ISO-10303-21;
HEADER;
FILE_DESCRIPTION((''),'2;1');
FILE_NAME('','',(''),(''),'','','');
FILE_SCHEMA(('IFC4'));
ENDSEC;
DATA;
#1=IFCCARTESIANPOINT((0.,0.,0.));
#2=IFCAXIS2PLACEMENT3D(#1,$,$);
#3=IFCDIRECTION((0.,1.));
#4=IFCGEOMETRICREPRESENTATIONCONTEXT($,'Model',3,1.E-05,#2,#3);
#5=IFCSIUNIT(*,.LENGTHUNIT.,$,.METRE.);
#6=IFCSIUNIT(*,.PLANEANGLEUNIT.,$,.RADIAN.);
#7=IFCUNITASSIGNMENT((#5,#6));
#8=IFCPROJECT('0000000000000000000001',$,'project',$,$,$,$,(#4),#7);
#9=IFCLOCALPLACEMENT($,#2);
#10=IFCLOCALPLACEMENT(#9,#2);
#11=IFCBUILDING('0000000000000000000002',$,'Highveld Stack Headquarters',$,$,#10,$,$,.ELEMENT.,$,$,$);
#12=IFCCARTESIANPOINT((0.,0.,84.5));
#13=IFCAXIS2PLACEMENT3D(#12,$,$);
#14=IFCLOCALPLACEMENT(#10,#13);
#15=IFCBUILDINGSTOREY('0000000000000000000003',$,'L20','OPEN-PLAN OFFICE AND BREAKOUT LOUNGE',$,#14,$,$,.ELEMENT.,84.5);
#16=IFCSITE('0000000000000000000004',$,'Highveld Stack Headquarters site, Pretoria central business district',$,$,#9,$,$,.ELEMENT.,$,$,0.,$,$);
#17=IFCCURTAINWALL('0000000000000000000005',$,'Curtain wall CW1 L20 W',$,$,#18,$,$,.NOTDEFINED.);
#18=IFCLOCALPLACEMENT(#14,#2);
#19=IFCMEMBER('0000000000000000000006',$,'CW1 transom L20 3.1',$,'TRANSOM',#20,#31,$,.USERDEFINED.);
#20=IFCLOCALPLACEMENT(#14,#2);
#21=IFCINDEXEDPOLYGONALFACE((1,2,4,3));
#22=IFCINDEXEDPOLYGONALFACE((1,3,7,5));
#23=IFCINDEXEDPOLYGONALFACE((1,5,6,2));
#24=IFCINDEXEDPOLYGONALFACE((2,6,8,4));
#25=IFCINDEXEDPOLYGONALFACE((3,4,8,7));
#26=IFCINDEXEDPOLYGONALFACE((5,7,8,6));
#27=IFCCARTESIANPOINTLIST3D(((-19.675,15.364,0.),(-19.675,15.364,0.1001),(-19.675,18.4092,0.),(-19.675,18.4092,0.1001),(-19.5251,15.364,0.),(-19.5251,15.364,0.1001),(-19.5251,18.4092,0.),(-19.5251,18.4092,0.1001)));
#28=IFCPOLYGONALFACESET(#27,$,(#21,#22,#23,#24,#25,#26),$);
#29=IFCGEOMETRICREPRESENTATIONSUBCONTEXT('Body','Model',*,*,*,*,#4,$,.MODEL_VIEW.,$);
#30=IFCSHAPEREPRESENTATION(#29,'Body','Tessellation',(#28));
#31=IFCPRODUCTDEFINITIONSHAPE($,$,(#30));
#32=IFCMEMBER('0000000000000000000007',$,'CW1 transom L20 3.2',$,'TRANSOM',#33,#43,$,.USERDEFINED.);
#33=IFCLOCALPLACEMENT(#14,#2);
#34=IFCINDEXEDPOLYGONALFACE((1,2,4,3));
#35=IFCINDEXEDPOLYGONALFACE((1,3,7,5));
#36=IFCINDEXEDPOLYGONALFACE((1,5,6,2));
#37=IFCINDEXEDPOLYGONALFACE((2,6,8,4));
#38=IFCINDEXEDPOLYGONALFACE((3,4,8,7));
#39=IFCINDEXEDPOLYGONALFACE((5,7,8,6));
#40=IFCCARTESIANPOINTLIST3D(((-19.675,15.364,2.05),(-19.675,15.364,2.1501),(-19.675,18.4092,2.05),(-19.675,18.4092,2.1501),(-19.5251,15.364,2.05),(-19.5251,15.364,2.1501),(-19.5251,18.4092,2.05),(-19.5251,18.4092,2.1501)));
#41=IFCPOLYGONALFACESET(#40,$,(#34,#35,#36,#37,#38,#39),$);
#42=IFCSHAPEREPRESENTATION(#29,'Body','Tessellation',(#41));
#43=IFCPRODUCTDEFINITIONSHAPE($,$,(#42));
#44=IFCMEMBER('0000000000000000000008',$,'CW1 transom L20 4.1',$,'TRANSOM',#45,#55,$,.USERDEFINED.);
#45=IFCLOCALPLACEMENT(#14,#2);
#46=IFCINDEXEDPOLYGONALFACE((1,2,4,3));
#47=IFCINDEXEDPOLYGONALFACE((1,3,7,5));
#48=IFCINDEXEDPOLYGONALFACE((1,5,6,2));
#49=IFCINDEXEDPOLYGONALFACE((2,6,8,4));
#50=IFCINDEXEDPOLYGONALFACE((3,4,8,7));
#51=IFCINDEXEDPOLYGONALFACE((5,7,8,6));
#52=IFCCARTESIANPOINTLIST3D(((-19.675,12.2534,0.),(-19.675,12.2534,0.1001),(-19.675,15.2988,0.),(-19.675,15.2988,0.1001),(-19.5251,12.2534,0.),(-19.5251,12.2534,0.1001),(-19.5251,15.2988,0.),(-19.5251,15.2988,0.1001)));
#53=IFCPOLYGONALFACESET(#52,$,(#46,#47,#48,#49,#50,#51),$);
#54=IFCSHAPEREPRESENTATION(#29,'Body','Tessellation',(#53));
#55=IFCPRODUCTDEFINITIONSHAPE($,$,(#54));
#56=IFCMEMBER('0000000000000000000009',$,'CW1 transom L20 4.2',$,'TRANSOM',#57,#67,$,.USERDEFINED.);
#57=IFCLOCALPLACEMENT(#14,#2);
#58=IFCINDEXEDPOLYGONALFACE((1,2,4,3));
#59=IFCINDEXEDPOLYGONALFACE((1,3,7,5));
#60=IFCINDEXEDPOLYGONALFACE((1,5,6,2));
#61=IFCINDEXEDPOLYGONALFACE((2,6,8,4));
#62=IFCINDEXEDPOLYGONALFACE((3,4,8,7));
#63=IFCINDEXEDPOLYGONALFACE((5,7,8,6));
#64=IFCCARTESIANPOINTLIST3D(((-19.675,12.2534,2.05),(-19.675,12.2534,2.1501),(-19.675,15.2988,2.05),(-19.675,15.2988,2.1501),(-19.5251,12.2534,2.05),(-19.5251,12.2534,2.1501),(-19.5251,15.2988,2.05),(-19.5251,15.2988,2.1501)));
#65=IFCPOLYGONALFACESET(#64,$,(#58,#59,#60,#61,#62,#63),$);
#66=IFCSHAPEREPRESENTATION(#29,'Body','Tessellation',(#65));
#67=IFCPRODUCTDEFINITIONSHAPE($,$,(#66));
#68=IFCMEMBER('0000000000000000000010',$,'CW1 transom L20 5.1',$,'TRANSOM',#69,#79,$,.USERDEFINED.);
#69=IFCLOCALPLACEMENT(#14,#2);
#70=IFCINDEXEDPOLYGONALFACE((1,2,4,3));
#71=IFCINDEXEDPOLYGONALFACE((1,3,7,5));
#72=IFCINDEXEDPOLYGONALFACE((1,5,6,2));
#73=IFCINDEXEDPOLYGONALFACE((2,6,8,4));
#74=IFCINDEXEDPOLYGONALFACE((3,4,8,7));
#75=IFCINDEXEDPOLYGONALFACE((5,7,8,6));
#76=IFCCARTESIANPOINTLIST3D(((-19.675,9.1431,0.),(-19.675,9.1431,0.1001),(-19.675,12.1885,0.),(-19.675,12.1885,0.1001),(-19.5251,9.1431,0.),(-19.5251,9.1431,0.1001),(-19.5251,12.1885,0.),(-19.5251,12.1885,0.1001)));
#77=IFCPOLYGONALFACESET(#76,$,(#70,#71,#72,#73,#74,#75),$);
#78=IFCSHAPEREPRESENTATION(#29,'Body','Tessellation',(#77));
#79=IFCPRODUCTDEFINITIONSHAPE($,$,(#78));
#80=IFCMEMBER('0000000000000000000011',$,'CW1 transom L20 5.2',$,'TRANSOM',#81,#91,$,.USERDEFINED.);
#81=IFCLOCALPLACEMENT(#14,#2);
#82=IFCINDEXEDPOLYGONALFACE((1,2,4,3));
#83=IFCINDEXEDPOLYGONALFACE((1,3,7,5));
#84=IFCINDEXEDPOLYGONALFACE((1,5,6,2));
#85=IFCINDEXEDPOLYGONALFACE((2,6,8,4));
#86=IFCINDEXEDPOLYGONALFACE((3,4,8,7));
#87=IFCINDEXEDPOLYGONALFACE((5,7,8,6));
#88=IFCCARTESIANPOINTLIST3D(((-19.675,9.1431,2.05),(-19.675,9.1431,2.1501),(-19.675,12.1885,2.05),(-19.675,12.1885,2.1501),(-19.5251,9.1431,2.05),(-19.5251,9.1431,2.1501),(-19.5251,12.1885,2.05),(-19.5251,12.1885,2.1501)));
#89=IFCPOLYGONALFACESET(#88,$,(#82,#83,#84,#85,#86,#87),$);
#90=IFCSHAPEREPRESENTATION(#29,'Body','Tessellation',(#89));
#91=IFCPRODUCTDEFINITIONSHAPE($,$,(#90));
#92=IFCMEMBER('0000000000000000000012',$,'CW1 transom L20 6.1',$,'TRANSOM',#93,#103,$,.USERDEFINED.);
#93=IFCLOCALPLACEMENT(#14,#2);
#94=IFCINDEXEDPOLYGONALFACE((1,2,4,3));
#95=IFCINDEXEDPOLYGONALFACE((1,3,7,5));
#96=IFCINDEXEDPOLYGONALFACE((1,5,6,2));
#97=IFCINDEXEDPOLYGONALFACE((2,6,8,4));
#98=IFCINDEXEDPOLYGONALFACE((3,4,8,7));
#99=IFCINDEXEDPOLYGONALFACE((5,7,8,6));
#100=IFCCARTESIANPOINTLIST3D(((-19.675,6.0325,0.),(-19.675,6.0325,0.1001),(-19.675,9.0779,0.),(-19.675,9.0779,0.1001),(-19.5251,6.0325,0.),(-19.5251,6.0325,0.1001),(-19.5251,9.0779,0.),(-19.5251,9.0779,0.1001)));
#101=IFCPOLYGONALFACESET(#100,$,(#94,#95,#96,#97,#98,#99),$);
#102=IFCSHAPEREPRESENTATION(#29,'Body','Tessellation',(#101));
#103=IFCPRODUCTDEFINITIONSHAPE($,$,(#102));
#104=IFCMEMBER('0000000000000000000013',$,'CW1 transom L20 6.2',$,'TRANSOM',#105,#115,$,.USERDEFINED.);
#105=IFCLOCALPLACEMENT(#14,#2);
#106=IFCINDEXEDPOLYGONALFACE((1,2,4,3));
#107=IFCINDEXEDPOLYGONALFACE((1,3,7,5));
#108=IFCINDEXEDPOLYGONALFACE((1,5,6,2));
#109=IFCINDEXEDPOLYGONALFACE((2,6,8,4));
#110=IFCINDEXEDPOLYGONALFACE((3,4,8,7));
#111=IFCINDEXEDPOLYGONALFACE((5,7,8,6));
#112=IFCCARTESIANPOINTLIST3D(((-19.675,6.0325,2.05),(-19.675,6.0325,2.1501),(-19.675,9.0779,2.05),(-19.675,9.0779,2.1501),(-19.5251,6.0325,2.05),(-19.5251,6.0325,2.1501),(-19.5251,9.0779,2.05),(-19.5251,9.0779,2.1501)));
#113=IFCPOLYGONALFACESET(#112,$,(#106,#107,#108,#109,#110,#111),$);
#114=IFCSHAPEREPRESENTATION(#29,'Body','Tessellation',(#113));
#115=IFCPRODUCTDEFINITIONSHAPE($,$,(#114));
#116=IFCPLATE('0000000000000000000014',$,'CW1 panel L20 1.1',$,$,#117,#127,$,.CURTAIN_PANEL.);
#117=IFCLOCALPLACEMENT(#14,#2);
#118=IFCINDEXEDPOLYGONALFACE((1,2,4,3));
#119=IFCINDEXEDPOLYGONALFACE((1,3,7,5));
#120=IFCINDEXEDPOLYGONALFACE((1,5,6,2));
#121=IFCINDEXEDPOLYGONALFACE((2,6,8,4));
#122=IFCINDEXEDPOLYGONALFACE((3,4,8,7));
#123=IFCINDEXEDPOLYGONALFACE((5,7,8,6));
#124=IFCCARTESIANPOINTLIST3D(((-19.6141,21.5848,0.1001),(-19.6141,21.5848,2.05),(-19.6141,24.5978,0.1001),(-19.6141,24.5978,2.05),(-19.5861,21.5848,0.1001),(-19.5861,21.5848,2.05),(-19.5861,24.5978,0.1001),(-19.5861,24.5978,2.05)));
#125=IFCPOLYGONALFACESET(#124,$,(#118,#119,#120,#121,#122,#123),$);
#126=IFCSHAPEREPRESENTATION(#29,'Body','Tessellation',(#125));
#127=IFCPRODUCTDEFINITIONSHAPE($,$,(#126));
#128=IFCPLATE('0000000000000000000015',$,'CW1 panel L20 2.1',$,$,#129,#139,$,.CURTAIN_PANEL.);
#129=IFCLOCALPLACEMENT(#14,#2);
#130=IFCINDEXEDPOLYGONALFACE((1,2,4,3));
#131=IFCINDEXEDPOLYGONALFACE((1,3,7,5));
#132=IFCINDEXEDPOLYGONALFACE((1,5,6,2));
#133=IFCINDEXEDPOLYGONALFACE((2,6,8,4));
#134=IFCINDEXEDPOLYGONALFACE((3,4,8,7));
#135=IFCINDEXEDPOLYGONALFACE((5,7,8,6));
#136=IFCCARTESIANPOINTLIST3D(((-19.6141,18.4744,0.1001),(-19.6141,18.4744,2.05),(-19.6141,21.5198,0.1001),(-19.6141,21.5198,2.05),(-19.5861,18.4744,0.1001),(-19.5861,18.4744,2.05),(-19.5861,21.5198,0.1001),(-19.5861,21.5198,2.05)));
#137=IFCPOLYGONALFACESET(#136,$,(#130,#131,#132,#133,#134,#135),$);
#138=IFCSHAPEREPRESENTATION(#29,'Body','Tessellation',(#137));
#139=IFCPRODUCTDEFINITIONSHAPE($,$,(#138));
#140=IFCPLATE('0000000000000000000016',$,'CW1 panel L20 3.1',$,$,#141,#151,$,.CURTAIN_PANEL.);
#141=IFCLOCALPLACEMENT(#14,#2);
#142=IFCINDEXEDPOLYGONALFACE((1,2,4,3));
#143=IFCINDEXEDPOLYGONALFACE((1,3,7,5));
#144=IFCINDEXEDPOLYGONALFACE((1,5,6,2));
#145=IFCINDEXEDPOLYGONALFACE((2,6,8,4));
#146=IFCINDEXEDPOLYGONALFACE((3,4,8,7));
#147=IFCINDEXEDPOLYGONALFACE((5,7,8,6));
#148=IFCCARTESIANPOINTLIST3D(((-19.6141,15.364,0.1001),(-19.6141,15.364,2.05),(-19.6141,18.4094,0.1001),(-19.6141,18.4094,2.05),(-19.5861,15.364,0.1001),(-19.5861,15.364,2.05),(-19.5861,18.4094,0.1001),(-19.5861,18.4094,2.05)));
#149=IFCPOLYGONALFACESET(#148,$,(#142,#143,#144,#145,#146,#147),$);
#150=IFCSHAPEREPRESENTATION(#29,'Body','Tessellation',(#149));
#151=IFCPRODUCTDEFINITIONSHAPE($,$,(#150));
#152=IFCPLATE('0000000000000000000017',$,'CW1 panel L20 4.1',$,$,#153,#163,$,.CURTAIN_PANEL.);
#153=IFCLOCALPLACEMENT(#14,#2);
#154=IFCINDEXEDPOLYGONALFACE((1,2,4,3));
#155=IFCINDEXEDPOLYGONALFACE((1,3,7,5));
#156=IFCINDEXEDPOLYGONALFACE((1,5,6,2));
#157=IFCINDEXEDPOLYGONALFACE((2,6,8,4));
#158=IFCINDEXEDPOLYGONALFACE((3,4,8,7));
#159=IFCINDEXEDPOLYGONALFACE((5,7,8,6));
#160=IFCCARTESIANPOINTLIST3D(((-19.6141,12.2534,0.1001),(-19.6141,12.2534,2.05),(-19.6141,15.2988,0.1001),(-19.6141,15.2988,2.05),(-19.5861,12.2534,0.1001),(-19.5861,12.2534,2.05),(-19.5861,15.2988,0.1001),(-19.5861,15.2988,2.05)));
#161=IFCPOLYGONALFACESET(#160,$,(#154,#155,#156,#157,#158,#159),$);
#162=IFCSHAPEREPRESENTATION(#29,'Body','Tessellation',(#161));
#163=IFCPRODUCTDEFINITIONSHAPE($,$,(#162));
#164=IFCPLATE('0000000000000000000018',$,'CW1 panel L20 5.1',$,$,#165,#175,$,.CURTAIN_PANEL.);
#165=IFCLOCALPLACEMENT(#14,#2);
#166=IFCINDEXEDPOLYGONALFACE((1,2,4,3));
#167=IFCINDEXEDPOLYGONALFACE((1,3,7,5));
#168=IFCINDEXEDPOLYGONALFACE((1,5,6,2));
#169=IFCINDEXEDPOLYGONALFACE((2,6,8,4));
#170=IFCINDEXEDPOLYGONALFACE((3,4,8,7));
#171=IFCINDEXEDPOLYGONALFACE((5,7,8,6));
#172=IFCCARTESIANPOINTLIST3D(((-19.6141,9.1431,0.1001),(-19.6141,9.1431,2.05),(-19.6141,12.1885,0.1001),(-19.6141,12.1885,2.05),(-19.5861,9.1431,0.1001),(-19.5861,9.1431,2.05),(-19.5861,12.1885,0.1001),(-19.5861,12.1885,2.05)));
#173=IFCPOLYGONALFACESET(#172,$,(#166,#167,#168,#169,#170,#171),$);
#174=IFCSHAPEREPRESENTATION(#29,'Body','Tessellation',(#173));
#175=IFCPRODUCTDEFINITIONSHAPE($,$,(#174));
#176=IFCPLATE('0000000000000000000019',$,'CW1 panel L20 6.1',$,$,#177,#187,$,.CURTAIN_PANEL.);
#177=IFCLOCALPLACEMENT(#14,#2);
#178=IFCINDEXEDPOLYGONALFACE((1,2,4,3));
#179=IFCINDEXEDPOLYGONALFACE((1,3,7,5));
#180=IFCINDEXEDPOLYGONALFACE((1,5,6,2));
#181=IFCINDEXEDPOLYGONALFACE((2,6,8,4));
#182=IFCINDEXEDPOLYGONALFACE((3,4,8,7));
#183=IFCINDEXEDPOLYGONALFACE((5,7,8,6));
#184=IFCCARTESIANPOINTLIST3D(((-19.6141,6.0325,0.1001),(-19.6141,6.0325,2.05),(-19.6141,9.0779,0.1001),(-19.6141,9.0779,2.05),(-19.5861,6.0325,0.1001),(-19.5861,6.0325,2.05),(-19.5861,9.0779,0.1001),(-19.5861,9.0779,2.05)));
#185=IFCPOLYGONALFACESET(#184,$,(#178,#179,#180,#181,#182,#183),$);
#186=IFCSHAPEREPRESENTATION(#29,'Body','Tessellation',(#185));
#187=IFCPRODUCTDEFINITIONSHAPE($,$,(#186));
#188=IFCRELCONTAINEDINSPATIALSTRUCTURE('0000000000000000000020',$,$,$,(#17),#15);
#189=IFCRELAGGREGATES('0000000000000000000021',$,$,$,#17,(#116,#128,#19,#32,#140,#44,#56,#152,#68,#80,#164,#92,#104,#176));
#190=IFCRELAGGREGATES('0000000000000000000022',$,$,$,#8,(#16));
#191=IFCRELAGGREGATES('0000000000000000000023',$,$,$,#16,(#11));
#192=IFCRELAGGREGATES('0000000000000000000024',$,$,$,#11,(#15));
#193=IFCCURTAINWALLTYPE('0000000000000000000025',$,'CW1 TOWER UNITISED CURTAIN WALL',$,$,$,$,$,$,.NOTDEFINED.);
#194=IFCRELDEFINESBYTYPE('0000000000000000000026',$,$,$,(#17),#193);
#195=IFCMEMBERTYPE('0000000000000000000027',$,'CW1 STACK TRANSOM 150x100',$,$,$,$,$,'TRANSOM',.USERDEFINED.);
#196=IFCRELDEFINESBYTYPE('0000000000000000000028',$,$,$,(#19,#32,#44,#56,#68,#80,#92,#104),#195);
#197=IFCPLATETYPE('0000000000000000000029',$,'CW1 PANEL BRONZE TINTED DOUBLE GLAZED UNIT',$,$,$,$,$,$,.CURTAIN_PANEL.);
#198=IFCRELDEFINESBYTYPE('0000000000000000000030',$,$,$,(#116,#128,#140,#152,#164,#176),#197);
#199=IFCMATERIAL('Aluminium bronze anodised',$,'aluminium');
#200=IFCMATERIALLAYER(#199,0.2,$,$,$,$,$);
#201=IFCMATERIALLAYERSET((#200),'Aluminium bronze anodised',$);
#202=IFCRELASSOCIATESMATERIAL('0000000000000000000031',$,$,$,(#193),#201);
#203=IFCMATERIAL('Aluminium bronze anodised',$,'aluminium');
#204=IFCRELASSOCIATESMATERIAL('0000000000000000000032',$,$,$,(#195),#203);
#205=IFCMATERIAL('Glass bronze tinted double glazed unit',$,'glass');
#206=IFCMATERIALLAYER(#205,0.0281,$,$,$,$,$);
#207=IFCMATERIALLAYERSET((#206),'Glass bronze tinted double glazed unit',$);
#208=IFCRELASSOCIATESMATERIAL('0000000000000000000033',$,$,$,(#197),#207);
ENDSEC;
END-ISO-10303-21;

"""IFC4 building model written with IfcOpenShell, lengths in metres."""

from ifc_helpers import new_model, si_unit, direction, frame, origin, origin_2d, place, context, subcontext, project, spatial, rectangle, extrude, material, layer, layer_set, material_profile, profile_set, type_object, element, aggregate, save


model = new_model("IFC4")

# Units and contexts
model_context = context("Model", 3, precision=1e-05, world=origin(), true_north=direction((0.0, 1.0)))
body_context = subcontext(model_context, "Body", "Model", "MODEL_VIEW")
ifc_project = project(units=[si_unit("LENGTHUNIT", "METRE"), si_unit("PLANEANGLEUNIT", "RADIAN")], contexts=[model_context])

# Site, building, storey
site_placement = place(None, origin())
site = spatial("IfcSite", under=ifc_project, at=site_placement, Name="Highveld Stack Headquarters site, Pretoria central business district", CompositionType="ELEMENT", RefElevation=0.0)
building_placement = place(site_placement, origin())
building = spatial("IfcBuilding", under=site, at=building_placement, Name="Highveld Stack Headquarters", CompositionType="ELEMENT")
storey_placement = place(building_placement, frame((0.0, 0.0, 84.5)))
storey = spatial("IfcBuildingStorey", under=building, at=storey_placement, Name="L20", Description="OPEN-PLAN OFFICE AND BREAKOUT LOUNGE", CompositionType="ELEMENT", Elevation=84.5)

# Curtain wall, members, plates
ifc_material_1 = material(Name="Aluminium bronze anodised", Category="aluminium")
ifc_layer_1 = layer(ifc_material_1, 0.2)
ifc_layer_set_1 = layer_set([ifc_layer_1], Name="Aluminium bronze anodised")
curtain_wall_type = type_object("IfcCurtainWallType", Name="CW1 TOWER UNITISED CURTAIN WALL", PredefinedType="NOTDEFINED", material=ifc_layer_set_1)
curtain_wall_placement = place(storey_placement, origin())
curtain_wall = element("IfcCurtainWall", 1, at=curtain_wall_placement, inside=storey, type_object=curtain_wall_type, Name="Curtain wall CW1 L20 W", PredefinedType="NOTDEFINED")
ifc_material_2 = material(Name="Aluminium bronze anodised", Category="aluminium")
ifc_material_profile_1 = material_profile(ifc_material_2, rectangle(XDim=0.1499, YDim=0.1001, at=origin_2d()), Name="CW1 TRANSOM 150x100")
ifc_profile_set_1 = profile_set([ifc_material_profile_1], Name="Aluminium bronze anodised")
member_type_1 = type_object("IfcMemberType", Name="CW1 STACK TRANSOM 150x100", ElementType="TRANSOM", PredefinedType="USERDEFINED", material=ifc_profile_set_1)
member_1_placement = place(storey_placement, frame((-19.6001, 18.4092, 0.05), z_axis=(0.0, -1.0, 0.0), x_axis=(1.0, 0.0, 0.0)))
member_1 = element("IfcMember", 2, at=member_1_placement, type_object=member_type_1, Name="CW1 transom L20 3.1", ObjectType="TRANSOM", PredefinedType="USERDEFINED", context=body_context, shape_type="SweptSolid", body=[
    extrude(rectangle(XDim=0.1499, YDim=0.1001, at=origin_2d()), origin(), (0.0, 0.0, 1.0), 3.0452),
])
member_2_placement = place(storey_placement, frame((-19.6001, 18.4092, 2.1001), z_axis=(0.0, -1.0, 0.0), x_axis=(1.0, 0.0, 0.0)))
member_2 = element("IfcMember", 3, at=member_2_placement, type_object=member_type_1, Name="CW1 transom L20 3.2", ObjectType="TRANSOM", PredefinedType="USERDEFINED", context=body_context, shape_type="SweptSolid", body=[
    extrude(rectangle(XDim=0.1499, YDim=0.1001, at=origin_2d()), origin(), (0.0, 0.0, 1.0), 3.0452),
])
member_3_placement = place(storey_placement, frame((-19.6001, 15.2988, 0.05), z_axis=(0.0, -1.0, 0.0), x_axis=(1.0, 0.0, 0.0)))
member_3 = element("IfcMember", 4, at=member_3_placement, type_object=member_type_1, Name="CW1 transom L20 4.1", ObjectType="TRANSOM", PredefinedType="USERDEFINED", context=body_context, shape_type="SweptSolid", body=[
    extrude(rectangle(XDim=0.1499, YDim=0.1001, at=origin_2d()), origin(), (0.0, 0.0, 1.0), 3.0454),
])
member_4_placement = place(storey_placement, frame((-19.6001, 15.2988, 2.1001), z_axis=(0.0, -1.0, 0.0), x_axis=(1.0, 0.0, 0.0)))
member_4 = element("IfcMember", 5, at=member_4_placement, type_object=member_type_1, Name="CW1 transom L20 4.2", ObjectType="TRANSOM", PredefinedType="USERDEFINED", context=body_context, shape_type="SweptSolid", body=[
    extrude(rectangle(XDim=0.1499, YDim=0.1001, at=origin_2d()), origin(), (0.0, 0.0, 1.0), 3.0454),
])
member_5_placement = place(storey_placement, frame((-19.6001, 12.1885, 0.05), z_axis=(0.0, -1.0, 0.0), x_axis=(1.0, 0.0, 0.0)))
member_5 = element("IfcMember", 6, at=member_5_placement, type_object=member_type_1, Name="CW1 transom L20 5.1", ObjectType="TRANSOM", PredefinedType="USERDEFINED", context=body_context, shape_type="SweptSolid", body=[
    extrude(rectangle(XDim=0.1499, YDim=0.1001, at=origin_2d()), origin(), (0.0, 0.0, 1.0), 3.0454),
])
member_6_placement = place(storey_placement, frame((-19.6001, 12.1885, 2.1001), z_axis=(0.0, -1.0, 0.0), x_axis=(1.0, 0.0, 0.0)))
member_6 = element("IfcMember", 7, at=member_6_placement, type_object=member_type_1, Name="CW1 transom L20 5.2", ObjectType="TRANSOM", PredefinedType="USERDEFINED", context=body_context, shape_type="SweptSolid", body=[
    extrude(rectangle(XDim=0.1499, YDim=0.1001, at=origin_2d()), origin(), (0.0, 0.0, 1.0), 3.0454),
])
member_7_placement = place(storey_placement, frame((-19.6001, 9.0779, 0.05), z_axis=(0.0, -1.0, 0.0), x_axis=(1.0, 0.0, 0.0)))
member_7 = element("IfcMember", 8, at=member_7_placement, type_object=member_type_1, Name="CW1 transom L20 6.1", ObjectType="TRANSOM", PredefinedType="USERDEFINED", context=body_context, shape_type="SweptSolid", body=[
    extrude(rectangle(XDim=0.1499, YDim=0.1001, at=origin_2d()), origin(), (0.0, 0.0, 1.0), 3.0454),
])
member_8_placement = place(storey_placement, frame((-19.6001, 9.0779, 2.1001), z_axis=(0.0, -1.0, 0.0), x_axis=(1.0, 0.0, 0.0)))
member_8 = element("IfcMember", 9, at=member_8_placement, type_object=member_type_1, Name="CW1 transom L20 6.2", ObjectType="TRANSOM", PredefinedType="USERDEFINED", context=body_context, shape_type="SweptSolid", body=[
    extrude(rectangle(XDim=0.1499, YDim=0.1001, at=origin_2d()), origin(), (0.0, 0.0, 1.0), 3.0454),
])
ifc_material_3 = material(Name="Glass bronze tinted double glazed unit", Category="glass")
ifc_layer_2 = layer(ifc_material_3, 0.0281)
ifc_layer_set_2 = layer_set([ifc_layer_2], Name="Glass bronze tinted double glazed unit")
plate_type = type_object("IfcPlateType", Name="CW1 PANEL BRONZE TINTED DOUBLE GLAZED UNIT", PredefinedType="CURTAIN_PANEL", material=ifc_layer_set_2)
plate_1_placement = place(storey_placement, frame((-19.6001, 23.0913, 0.1001), z_axis=(0.0, 0.0, 1.0), x_axis=(0.0, -1.0, 0.0)))
plate_1 = element("IfcPlate", 10, at=plate_1_placement, type_object=plate_type, Name="CW1 panel L20 1.1", PredefinedType="CURTAIN_PANEL", context=body_context, shape_type="SweptSolid", body=[
    extrude(rectangle(XDim=3.0129, YDim=0.0281, at=origin_2d()), origin(), (0.0, 0.0, 1.0), 1.95),
])
plate_2_placement = place(storey_placement, frame((-19.6001, 19.9971, 0.1001), z_axis=(0.0, 0.0, 1.0), x_axis=(0.0, -1.0, 0.0)))
plate_2 = element("IfcPlate", 11, at=plate_2_placement, type_object=plate_type, Name="CW1 panel L20 2.1", PredefinedType="CURTAIN_PANEL", context=body_context, shape_type="SweptSolid", body=[
    extrude(rectangle(XDim=3.0454, YDim=0.0281, at=origin_2d()), origin(), (0.0, 0.0, 1.0), 1.95),
])
plate_3_placement = place(storey_placement, frame((-19.6001, 16.8867, 0.1001), z_axis=(0.0, 0.0, 1.0), x_axis=(0.0, -1.0, 0.0)))
plate_3 = element("IfcPlate", 12, at=plate_3_placement, type_object=plate_type, Name="CW1 panel L20 3.1", PredefinedType="CURTAIN_PANEL", context=body_context, shape_type="SweptSolid", body=[
    extrude(rectangle(XDim=3.0454, YDim=0.0281, at=origin_2d()), origin(), (0.0, 0.0, 1.0), 1.95),
])
plate_4_placement = place(storey_placement, frame((-19.6001, 13.7761, 0.1001), z_axis=(0.0, 0.0, 1.0), x_axis=(0.0, -1.0, 0.0)))
plate_4 = element("IfcPlate", 13, at=plate_4_placement, type_object=plate_type, Name="CW1 panel L20 4.1", PredefinedType="CURTAIN_PANEL", context=body_context, shape_type="SweptSolid", body=[
    extrude(rectangle(XDim=3.0454, YDim=0.0281, at=origin_2d()), origin(), (0.0, 0.0, 1.0), 1.95),
])
plate_5_placement = place(storey_placement, frame((-19.6001, 10.6658, 0.1001), z_axis=(0.0, 0.0, 1.0), x_axis=(0.0, -1.0, 0.0)))
plate_5 = element("IfcPlate", 14, at=plate_5_placement, type_object=plate_type, Name="CW1 panel L20 5.1", PredefinedType="CURTAIN_PANEL", context=body_context, shape_type="SweptSolid", body=[
    extrude(rectangle(XDim=3.0454, YDim=0.0281, at=origin_2d()), origin(), (0.0, 0.0, 1.0), 1.95),
])
plate_6_placement = place(storey_placement, frame((-19.6001, 7.5552, 0.1001), z_axis=(0.0, 0.0, 1.0), x_axis=(0.0, -1.0, 0.0)))
plate_6 = element("IfcPlate", 15, at=plate_6_placement, type_object=plate_type, Name="CW1 panel L20 6.1", PredefinedType="CURTAIN_PANEL", context=body_context, shape_type="SweptSolid", body=[
    extrude(rectangle(XDim=3.0454, YDim=0.0281, at=origin_2d()), origin(), (0.0, 0.0, 1.0), 1.95),
])
aggregate(curtain_wall, [plate_1, plate_2, member_1, member_2, plate_3, member_3, member_4, plate_4, member_5, member_6, plate_5, member_7, member_8, plate_6])

save(model, "model.ifc")
